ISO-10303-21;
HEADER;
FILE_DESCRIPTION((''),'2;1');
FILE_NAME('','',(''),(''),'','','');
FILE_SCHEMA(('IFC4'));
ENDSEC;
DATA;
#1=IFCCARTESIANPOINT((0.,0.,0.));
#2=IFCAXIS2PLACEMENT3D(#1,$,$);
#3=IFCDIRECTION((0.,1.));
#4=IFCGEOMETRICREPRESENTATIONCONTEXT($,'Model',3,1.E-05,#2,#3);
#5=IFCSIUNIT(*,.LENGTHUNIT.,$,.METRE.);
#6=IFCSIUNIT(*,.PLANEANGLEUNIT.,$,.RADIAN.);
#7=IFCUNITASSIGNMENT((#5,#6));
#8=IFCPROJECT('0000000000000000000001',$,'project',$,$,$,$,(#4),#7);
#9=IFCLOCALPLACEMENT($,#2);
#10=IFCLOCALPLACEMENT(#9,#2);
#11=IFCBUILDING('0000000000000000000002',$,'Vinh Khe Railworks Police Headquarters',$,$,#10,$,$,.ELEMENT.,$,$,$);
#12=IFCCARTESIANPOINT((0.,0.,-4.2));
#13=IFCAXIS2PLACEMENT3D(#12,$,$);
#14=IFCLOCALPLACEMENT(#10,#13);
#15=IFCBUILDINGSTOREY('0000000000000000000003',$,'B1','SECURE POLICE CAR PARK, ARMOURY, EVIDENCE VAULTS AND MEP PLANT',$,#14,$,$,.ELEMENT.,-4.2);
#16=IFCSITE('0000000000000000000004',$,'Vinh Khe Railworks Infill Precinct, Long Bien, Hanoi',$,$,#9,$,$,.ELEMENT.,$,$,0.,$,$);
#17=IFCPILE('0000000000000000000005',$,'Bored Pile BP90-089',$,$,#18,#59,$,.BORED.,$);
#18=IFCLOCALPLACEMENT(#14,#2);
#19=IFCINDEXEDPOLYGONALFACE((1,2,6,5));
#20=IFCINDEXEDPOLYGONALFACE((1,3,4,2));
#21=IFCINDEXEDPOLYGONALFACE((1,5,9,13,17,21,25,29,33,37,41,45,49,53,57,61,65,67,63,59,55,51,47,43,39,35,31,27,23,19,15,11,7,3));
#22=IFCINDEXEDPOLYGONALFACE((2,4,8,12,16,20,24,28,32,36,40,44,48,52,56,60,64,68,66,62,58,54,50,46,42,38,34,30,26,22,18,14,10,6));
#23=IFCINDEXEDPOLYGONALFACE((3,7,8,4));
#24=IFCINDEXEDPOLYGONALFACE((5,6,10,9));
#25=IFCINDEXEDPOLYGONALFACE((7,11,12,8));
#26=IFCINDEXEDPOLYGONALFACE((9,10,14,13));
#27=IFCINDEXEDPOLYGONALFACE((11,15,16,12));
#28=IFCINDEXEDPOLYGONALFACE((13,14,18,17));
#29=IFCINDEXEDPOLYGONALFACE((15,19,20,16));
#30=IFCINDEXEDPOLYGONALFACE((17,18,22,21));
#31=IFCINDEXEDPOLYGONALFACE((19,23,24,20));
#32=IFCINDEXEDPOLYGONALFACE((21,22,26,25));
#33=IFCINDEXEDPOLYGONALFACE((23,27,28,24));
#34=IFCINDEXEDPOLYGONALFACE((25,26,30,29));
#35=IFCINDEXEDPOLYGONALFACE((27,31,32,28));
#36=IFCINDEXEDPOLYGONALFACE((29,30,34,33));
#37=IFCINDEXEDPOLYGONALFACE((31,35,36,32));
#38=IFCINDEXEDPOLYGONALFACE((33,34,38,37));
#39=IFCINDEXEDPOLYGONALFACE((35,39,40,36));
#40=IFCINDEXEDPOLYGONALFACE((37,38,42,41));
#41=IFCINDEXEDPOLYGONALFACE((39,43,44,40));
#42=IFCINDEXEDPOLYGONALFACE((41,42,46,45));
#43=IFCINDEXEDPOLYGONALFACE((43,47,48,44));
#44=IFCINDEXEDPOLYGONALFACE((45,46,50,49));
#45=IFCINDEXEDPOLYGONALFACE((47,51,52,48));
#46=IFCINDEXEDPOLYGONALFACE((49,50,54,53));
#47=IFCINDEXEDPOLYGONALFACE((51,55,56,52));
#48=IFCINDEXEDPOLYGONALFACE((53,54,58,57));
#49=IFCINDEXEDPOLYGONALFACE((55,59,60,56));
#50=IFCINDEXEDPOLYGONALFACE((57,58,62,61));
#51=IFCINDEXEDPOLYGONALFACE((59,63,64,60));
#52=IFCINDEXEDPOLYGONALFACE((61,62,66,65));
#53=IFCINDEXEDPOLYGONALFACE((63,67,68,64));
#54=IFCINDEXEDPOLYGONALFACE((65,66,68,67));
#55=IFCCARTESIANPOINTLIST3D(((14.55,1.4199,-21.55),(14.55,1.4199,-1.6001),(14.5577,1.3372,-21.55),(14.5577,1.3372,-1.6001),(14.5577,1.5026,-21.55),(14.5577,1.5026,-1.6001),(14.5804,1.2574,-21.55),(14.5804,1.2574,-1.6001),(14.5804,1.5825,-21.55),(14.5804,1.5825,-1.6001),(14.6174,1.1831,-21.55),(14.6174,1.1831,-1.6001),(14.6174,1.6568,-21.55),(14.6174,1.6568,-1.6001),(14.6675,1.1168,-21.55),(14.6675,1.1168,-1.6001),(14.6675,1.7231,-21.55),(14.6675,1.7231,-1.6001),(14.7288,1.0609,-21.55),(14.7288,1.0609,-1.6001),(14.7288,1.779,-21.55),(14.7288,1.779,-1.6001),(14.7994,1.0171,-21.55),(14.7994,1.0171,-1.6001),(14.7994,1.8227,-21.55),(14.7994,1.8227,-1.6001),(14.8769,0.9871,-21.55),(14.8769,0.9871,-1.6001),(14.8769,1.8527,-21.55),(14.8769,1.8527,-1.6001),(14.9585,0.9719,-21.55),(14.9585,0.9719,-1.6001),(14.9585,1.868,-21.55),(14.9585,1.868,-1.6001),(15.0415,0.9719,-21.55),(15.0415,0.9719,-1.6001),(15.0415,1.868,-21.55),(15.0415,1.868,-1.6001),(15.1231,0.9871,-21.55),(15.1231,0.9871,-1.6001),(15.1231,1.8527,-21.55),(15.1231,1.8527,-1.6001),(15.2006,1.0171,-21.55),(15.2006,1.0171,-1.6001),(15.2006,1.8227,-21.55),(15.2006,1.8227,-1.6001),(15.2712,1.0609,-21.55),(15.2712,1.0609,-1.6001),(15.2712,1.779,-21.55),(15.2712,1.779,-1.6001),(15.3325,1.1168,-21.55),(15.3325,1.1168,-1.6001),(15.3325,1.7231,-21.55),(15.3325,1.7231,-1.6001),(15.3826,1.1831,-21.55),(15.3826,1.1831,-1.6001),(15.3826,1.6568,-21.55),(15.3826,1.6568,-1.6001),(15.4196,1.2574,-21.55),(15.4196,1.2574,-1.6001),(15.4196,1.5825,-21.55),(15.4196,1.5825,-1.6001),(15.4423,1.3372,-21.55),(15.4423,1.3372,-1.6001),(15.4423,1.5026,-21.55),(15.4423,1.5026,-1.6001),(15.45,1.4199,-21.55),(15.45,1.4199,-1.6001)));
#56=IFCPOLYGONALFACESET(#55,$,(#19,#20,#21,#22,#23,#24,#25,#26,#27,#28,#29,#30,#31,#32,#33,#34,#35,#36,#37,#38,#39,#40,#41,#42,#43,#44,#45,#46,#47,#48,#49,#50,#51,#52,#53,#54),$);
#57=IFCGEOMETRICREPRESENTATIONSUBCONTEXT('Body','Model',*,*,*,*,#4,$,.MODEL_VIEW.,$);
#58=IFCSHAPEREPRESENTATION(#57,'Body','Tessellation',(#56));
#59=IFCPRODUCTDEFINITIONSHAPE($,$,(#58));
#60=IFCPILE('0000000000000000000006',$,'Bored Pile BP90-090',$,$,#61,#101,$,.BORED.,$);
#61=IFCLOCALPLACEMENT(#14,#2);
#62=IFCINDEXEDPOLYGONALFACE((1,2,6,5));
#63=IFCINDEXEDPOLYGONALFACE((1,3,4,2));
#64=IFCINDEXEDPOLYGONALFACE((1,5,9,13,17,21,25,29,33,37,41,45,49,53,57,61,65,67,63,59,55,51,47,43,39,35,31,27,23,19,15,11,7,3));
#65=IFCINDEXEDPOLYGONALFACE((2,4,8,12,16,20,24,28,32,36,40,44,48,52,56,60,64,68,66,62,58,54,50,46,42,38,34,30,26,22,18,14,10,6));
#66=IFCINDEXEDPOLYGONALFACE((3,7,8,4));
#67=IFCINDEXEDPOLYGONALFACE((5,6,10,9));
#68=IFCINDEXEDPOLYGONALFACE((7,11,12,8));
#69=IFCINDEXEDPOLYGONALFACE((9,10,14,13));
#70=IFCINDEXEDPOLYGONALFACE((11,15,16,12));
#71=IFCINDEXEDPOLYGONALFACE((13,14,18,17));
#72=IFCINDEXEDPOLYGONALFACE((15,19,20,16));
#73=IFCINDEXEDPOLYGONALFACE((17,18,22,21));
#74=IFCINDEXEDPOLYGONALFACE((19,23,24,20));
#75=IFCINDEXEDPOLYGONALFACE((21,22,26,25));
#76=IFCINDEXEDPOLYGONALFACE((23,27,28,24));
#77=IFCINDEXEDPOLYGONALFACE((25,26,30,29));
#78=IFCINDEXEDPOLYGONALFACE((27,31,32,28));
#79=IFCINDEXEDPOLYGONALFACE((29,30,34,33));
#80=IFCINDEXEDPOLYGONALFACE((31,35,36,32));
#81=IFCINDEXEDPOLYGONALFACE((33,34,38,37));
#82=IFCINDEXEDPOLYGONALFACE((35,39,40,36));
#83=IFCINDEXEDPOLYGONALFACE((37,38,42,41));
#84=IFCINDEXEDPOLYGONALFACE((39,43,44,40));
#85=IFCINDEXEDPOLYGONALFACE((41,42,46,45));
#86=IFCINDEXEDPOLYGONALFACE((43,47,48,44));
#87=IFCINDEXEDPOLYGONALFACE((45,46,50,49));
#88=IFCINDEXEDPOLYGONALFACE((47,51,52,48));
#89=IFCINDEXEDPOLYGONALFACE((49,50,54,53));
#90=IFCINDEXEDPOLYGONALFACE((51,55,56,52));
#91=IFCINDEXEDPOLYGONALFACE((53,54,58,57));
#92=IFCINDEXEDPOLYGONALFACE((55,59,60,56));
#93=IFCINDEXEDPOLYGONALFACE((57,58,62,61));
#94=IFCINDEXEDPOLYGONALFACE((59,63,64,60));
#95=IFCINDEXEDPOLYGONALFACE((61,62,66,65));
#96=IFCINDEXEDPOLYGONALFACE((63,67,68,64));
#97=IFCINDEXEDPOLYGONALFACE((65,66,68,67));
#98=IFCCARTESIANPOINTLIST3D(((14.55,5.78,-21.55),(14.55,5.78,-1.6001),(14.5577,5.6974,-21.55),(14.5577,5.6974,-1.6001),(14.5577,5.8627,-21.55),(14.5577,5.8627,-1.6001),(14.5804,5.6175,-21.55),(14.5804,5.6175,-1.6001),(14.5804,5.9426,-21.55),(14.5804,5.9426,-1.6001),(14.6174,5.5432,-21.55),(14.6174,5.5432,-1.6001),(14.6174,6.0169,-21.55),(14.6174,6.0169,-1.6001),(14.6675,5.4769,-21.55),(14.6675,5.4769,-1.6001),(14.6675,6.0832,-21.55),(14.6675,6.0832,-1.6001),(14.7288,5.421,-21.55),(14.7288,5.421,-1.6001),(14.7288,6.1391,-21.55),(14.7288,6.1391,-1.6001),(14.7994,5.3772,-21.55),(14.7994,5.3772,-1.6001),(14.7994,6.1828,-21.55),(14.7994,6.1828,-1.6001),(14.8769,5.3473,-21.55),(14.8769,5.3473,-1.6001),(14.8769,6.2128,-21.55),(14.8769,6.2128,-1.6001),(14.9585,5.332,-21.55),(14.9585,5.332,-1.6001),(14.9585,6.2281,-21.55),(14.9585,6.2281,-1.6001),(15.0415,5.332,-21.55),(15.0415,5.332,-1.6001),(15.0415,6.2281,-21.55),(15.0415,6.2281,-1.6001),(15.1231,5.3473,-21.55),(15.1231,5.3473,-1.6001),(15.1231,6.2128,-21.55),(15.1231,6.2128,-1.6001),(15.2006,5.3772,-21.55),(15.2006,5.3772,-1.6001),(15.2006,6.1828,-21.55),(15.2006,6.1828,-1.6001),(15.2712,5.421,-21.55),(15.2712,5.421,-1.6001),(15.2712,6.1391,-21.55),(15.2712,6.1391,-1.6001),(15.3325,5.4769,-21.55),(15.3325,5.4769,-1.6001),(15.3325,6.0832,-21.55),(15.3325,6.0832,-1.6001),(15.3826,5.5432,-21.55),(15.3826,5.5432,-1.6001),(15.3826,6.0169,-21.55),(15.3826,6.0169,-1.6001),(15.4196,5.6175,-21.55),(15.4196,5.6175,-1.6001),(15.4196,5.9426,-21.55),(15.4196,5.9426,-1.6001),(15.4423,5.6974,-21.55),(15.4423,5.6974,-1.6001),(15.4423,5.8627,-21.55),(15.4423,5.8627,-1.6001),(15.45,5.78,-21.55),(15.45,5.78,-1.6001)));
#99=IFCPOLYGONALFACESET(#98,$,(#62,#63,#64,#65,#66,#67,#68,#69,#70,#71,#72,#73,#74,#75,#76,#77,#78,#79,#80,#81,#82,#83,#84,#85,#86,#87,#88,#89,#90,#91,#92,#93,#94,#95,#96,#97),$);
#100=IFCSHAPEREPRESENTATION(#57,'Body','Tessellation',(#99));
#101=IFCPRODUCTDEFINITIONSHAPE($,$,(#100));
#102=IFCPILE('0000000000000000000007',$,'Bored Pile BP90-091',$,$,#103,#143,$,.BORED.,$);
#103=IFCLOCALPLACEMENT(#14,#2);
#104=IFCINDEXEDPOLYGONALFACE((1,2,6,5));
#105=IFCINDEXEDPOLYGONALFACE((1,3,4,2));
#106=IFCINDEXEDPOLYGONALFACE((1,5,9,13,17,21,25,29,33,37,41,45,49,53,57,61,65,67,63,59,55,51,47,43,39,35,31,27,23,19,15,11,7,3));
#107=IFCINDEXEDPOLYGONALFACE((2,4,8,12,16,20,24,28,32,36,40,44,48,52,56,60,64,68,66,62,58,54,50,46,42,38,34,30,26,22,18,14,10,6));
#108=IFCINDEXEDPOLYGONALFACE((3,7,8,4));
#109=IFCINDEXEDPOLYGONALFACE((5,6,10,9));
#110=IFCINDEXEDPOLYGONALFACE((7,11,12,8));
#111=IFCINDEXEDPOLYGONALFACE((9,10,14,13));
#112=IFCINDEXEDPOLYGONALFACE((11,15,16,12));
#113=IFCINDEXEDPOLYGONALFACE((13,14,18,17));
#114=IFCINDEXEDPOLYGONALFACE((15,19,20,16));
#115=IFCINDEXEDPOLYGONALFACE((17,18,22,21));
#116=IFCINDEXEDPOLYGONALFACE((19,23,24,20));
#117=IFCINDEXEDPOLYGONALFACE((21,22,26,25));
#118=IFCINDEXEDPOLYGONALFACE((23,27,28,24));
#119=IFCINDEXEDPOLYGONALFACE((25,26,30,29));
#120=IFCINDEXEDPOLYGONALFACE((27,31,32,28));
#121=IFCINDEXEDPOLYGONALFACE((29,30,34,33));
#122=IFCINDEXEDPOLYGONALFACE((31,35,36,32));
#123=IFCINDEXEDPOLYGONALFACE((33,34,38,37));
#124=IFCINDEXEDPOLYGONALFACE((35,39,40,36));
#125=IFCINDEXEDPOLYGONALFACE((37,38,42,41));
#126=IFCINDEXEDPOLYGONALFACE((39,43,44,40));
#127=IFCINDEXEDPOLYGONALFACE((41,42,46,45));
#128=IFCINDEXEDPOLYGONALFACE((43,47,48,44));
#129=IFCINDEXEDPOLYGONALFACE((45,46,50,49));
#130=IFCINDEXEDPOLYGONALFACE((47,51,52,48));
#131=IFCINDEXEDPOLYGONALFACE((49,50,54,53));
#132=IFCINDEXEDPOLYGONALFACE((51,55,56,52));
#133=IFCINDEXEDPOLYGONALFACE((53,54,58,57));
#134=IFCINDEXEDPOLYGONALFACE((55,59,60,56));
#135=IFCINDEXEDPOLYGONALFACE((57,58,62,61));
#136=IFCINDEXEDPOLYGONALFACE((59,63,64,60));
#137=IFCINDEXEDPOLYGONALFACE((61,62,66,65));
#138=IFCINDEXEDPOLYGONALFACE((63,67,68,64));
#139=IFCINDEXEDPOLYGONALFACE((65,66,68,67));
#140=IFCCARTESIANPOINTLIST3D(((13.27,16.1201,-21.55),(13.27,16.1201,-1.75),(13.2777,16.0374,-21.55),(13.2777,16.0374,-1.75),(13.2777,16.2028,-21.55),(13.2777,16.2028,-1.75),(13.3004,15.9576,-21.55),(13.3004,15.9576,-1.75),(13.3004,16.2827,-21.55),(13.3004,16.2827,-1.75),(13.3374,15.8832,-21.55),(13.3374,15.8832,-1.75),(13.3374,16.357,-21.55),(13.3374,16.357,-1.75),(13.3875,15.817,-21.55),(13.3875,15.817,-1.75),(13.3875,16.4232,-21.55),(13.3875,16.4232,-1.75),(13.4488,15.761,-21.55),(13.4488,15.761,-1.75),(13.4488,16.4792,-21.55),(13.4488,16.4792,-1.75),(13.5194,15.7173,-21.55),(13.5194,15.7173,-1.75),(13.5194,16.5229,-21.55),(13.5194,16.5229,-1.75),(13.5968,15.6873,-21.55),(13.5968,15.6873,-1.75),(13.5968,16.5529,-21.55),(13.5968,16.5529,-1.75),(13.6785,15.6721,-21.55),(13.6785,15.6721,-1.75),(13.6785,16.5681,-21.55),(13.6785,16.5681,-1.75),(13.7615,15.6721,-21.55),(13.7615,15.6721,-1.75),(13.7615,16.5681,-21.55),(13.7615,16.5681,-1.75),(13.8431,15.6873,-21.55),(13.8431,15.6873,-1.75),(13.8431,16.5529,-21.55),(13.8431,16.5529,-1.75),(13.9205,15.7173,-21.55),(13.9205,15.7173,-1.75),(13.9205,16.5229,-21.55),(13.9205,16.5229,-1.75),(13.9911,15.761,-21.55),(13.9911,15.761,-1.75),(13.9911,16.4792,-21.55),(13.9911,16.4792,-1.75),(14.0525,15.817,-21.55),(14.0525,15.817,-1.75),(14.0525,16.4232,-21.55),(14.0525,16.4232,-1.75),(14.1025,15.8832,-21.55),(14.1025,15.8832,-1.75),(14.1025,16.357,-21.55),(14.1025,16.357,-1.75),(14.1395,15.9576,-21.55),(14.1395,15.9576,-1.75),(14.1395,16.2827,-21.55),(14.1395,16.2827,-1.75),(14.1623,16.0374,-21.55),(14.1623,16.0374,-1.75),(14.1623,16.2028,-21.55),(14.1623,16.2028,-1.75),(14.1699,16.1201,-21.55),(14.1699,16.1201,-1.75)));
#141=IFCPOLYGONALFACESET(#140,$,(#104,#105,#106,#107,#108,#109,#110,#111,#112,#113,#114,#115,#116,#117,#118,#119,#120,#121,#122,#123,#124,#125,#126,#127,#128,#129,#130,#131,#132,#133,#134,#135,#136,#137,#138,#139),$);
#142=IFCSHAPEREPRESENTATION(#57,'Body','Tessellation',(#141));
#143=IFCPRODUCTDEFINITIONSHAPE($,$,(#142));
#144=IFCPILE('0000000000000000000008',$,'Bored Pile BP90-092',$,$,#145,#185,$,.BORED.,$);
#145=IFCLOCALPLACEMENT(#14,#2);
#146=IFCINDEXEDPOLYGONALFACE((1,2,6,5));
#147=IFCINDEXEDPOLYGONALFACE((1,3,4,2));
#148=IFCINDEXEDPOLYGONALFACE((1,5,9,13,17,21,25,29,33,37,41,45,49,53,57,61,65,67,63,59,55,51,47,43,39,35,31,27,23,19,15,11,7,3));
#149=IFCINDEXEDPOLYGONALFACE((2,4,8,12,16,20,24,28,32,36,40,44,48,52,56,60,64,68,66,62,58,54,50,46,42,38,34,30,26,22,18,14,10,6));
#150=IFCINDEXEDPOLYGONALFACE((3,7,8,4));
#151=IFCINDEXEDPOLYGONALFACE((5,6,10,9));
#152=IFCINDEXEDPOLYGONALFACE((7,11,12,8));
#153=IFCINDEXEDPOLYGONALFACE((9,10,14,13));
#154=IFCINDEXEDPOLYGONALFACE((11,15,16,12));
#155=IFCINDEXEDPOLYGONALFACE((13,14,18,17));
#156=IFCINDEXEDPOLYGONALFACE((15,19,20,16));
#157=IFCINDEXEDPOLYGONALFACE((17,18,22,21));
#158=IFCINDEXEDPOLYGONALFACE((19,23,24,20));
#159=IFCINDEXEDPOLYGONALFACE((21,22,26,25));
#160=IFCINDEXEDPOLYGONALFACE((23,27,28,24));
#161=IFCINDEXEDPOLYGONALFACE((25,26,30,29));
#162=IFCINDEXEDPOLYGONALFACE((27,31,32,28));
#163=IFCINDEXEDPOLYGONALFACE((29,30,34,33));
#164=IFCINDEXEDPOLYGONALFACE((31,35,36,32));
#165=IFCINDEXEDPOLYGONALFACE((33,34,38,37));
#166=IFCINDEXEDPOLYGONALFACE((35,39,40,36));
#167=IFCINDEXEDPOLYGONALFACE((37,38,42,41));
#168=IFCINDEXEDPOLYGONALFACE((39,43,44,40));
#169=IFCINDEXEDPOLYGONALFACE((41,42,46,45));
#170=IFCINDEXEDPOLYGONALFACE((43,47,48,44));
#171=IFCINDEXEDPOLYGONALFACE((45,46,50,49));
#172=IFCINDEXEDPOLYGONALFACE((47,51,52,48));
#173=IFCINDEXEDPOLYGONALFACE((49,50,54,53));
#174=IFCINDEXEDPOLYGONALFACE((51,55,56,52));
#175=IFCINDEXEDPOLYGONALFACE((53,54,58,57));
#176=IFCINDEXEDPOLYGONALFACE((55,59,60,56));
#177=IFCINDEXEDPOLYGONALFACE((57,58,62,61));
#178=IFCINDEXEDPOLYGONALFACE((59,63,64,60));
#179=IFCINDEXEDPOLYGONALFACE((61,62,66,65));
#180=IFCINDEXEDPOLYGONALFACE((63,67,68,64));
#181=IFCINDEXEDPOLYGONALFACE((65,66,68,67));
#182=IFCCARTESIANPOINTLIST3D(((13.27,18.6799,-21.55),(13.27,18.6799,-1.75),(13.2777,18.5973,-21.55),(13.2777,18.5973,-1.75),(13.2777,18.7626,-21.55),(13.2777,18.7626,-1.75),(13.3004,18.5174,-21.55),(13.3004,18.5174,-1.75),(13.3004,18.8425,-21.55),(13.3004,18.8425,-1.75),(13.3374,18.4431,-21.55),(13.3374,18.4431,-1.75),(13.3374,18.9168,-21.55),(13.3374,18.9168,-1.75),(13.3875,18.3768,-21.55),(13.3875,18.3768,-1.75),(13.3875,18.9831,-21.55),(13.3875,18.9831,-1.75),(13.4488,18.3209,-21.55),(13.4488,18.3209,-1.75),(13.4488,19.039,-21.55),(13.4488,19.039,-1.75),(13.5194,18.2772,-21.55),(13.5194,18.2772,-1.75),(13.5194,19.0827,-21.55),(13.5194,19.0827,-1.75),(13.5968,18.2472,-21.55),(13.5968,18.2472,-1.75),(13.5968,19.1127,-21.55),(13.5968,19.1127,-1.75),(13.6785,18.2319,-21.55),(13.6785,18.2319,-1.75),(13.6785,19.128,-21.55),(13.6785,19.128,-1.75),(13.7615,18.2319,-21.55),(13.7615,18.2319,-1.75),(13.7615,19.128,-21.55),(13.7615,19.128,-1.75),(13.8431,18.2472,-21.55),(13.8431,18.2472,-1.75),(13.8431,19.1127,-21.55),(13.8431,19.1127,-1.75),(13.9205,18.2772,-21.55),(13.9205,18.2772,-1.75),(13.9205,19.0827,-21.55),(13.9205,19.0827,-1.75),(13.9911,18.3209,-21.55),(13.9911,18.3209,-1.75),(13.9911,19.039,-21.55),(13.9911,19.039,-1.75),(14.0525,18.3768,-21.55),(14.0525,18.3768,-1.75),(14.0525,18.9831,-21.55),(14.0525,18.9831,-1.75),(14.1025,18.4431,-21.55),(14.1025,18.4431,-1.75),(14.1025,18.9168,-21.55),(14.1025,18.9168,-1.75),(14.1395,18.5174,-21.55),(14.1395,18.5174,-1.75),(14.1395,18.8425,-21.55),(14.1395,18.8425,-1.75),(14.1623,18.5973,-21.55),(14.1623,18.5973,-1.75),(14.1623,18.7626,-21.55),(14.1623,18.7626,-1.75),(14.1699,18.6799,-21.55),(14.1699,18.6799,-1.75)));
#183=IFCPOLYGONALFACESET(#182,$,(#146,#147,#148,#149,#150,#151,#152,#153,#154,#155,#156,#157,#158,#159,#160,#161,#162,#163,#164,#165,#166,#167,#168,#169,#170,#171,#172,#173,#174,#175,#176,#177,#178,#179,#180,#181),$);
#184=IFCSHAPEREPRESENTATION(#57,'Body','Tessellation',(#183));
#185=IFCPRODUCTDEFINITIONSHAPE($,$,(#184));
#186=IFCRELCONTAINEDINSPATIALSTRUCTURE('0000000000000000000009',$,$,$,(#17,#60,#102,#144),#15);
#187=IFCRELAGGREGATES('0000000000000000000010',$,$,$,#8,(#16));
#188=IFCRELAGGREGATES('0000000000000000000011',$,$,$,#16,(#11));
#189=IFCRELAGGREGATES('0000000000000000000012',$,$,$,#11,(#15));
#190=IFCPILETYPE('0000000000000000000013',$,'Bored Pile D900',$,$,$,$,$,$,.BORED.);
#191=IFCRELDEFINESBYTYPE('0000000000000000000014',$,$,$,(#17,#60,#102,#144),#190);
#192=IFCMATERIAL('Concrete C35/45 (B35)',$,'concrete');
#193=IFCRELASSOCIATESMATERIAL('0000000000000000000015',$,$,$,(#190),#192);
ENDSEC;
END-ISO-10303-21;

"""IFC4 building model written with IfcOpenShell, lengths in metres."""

from ifc_helpers import new_model, si_unit, direction, frame, origin, origin_2d, place, context, subcontext, project, spatial, circle, extrude, material, material_profile, profile_set, type_object, element, save


model = new_model("IFC4")

# Units and contexts
model_context = context("Model", 3, precision=1e-05, world=origin(), true_north=direction((0.0, 1.0)))
body_context = subcontext(model_context, "Body", "Model", "MODEL_VIEW")
ifc_project = project(units=[si_unit("LENGTHUNIT", "METRE"), si_unit("PLANEANGLEUNIT", "RADIAN")], contexts=[model_context])

# Site, building, storey
site_placement = place(None, origin())
site = spatial("IfcSite", under=ifc_project, at=site_placement, Name="Vinh Khe Railworks Infill Precinct, Long Bien, Hanoi", CompositionType="ELEMENT", RefElevation=0.0)
building_placement = place(site_placement, origin())
building = spatial("IfcBuilding", under=site, at=building_placement, Name="Vinh Khe Railworks Police Headquarters", CompositionType="ELEMENT")
storey_placement = place(building_placement, frame((0.0, 0.0, -4.2)))
storey = spatial("IfcBuildingStorey", under=building, at=storey_placement, Name="B1", Description="SECURE POLICE CAR PARK, ARMOURY, EVIDENCE VAULTS AND MEP PLANT", CompositionType="ELEMENT", Elevation=-4.2)

# Piles
ifc_material_1 = material(Name="Concrete C35/45 (B35)", Category="concrete")
ifc_material_profile_1 = material_profile(ifc_material_1, circle(Radius=0.45, at=origin_2d()), Name="BORED PILE D900")
ifc_profile_set_1 = profile_set([ifc_material_profile_1], Name="Concrete C35/45 (B35)")
pile_type = type_object("IfcPileType", Name="Bored Pile D900", PredefinedType="BORED", material=ifc_profile_set_1)
for number, where, z_axis, x_axis, name in (
    (1, (15.0, 1.4199, -1.6001), (0.0, 0.0, -1.0), (1.0, 0.0, 0.0), "Bored Pile BP90-089"),
    (2, (15.0, 5.78, -1.6001), (0.0, 0.0, -1.0), (1.0, 0.0, 0.0), "Bored Pile BP90-090"),
):
    element("IfcPile", number, at=place(storey_placement, frame(where, z_axis=z_axis, x_axis=x_axis)), inside=storey, type_object=pile_type, Name=name, PredefinedType="BORED", context=body_context, shape_type="SweptSolid", body=[
        extrude(circle(Radius=0.45, at=origin_2d()), origin(), (0.0, 0.0, 1.0), 19.95),
    ])
for number, where, z_axis, x_axis, name in (
    (3, (13.72, 16.1201, -1.75), (0.0, 0.0, -1.0), (1.0, 0.0, 0.0), "Bored Pile BP90-091"),
    (4, (13.72, 18.6799, -1.75), (0.0, 0.0, -1.0), (1.0, 0.0, 0.0), "Bored Pile BP90-092"),
):
    element("IfcPile", number, at=place(storey_placement, frame(where, z_axis=z_axis, x_axis=x_axis)), inside=storey, type_object=pile_type, Name=name, PredefinedType="BORED", context=body_context, shape_type="SweptSolid", body=[
        extrude(circle(Radius=0.45, at=origin_2d()), origin(), (0.0, 0.0, 1.0), 19.8),
    ])

save(model, "model.ifc")
